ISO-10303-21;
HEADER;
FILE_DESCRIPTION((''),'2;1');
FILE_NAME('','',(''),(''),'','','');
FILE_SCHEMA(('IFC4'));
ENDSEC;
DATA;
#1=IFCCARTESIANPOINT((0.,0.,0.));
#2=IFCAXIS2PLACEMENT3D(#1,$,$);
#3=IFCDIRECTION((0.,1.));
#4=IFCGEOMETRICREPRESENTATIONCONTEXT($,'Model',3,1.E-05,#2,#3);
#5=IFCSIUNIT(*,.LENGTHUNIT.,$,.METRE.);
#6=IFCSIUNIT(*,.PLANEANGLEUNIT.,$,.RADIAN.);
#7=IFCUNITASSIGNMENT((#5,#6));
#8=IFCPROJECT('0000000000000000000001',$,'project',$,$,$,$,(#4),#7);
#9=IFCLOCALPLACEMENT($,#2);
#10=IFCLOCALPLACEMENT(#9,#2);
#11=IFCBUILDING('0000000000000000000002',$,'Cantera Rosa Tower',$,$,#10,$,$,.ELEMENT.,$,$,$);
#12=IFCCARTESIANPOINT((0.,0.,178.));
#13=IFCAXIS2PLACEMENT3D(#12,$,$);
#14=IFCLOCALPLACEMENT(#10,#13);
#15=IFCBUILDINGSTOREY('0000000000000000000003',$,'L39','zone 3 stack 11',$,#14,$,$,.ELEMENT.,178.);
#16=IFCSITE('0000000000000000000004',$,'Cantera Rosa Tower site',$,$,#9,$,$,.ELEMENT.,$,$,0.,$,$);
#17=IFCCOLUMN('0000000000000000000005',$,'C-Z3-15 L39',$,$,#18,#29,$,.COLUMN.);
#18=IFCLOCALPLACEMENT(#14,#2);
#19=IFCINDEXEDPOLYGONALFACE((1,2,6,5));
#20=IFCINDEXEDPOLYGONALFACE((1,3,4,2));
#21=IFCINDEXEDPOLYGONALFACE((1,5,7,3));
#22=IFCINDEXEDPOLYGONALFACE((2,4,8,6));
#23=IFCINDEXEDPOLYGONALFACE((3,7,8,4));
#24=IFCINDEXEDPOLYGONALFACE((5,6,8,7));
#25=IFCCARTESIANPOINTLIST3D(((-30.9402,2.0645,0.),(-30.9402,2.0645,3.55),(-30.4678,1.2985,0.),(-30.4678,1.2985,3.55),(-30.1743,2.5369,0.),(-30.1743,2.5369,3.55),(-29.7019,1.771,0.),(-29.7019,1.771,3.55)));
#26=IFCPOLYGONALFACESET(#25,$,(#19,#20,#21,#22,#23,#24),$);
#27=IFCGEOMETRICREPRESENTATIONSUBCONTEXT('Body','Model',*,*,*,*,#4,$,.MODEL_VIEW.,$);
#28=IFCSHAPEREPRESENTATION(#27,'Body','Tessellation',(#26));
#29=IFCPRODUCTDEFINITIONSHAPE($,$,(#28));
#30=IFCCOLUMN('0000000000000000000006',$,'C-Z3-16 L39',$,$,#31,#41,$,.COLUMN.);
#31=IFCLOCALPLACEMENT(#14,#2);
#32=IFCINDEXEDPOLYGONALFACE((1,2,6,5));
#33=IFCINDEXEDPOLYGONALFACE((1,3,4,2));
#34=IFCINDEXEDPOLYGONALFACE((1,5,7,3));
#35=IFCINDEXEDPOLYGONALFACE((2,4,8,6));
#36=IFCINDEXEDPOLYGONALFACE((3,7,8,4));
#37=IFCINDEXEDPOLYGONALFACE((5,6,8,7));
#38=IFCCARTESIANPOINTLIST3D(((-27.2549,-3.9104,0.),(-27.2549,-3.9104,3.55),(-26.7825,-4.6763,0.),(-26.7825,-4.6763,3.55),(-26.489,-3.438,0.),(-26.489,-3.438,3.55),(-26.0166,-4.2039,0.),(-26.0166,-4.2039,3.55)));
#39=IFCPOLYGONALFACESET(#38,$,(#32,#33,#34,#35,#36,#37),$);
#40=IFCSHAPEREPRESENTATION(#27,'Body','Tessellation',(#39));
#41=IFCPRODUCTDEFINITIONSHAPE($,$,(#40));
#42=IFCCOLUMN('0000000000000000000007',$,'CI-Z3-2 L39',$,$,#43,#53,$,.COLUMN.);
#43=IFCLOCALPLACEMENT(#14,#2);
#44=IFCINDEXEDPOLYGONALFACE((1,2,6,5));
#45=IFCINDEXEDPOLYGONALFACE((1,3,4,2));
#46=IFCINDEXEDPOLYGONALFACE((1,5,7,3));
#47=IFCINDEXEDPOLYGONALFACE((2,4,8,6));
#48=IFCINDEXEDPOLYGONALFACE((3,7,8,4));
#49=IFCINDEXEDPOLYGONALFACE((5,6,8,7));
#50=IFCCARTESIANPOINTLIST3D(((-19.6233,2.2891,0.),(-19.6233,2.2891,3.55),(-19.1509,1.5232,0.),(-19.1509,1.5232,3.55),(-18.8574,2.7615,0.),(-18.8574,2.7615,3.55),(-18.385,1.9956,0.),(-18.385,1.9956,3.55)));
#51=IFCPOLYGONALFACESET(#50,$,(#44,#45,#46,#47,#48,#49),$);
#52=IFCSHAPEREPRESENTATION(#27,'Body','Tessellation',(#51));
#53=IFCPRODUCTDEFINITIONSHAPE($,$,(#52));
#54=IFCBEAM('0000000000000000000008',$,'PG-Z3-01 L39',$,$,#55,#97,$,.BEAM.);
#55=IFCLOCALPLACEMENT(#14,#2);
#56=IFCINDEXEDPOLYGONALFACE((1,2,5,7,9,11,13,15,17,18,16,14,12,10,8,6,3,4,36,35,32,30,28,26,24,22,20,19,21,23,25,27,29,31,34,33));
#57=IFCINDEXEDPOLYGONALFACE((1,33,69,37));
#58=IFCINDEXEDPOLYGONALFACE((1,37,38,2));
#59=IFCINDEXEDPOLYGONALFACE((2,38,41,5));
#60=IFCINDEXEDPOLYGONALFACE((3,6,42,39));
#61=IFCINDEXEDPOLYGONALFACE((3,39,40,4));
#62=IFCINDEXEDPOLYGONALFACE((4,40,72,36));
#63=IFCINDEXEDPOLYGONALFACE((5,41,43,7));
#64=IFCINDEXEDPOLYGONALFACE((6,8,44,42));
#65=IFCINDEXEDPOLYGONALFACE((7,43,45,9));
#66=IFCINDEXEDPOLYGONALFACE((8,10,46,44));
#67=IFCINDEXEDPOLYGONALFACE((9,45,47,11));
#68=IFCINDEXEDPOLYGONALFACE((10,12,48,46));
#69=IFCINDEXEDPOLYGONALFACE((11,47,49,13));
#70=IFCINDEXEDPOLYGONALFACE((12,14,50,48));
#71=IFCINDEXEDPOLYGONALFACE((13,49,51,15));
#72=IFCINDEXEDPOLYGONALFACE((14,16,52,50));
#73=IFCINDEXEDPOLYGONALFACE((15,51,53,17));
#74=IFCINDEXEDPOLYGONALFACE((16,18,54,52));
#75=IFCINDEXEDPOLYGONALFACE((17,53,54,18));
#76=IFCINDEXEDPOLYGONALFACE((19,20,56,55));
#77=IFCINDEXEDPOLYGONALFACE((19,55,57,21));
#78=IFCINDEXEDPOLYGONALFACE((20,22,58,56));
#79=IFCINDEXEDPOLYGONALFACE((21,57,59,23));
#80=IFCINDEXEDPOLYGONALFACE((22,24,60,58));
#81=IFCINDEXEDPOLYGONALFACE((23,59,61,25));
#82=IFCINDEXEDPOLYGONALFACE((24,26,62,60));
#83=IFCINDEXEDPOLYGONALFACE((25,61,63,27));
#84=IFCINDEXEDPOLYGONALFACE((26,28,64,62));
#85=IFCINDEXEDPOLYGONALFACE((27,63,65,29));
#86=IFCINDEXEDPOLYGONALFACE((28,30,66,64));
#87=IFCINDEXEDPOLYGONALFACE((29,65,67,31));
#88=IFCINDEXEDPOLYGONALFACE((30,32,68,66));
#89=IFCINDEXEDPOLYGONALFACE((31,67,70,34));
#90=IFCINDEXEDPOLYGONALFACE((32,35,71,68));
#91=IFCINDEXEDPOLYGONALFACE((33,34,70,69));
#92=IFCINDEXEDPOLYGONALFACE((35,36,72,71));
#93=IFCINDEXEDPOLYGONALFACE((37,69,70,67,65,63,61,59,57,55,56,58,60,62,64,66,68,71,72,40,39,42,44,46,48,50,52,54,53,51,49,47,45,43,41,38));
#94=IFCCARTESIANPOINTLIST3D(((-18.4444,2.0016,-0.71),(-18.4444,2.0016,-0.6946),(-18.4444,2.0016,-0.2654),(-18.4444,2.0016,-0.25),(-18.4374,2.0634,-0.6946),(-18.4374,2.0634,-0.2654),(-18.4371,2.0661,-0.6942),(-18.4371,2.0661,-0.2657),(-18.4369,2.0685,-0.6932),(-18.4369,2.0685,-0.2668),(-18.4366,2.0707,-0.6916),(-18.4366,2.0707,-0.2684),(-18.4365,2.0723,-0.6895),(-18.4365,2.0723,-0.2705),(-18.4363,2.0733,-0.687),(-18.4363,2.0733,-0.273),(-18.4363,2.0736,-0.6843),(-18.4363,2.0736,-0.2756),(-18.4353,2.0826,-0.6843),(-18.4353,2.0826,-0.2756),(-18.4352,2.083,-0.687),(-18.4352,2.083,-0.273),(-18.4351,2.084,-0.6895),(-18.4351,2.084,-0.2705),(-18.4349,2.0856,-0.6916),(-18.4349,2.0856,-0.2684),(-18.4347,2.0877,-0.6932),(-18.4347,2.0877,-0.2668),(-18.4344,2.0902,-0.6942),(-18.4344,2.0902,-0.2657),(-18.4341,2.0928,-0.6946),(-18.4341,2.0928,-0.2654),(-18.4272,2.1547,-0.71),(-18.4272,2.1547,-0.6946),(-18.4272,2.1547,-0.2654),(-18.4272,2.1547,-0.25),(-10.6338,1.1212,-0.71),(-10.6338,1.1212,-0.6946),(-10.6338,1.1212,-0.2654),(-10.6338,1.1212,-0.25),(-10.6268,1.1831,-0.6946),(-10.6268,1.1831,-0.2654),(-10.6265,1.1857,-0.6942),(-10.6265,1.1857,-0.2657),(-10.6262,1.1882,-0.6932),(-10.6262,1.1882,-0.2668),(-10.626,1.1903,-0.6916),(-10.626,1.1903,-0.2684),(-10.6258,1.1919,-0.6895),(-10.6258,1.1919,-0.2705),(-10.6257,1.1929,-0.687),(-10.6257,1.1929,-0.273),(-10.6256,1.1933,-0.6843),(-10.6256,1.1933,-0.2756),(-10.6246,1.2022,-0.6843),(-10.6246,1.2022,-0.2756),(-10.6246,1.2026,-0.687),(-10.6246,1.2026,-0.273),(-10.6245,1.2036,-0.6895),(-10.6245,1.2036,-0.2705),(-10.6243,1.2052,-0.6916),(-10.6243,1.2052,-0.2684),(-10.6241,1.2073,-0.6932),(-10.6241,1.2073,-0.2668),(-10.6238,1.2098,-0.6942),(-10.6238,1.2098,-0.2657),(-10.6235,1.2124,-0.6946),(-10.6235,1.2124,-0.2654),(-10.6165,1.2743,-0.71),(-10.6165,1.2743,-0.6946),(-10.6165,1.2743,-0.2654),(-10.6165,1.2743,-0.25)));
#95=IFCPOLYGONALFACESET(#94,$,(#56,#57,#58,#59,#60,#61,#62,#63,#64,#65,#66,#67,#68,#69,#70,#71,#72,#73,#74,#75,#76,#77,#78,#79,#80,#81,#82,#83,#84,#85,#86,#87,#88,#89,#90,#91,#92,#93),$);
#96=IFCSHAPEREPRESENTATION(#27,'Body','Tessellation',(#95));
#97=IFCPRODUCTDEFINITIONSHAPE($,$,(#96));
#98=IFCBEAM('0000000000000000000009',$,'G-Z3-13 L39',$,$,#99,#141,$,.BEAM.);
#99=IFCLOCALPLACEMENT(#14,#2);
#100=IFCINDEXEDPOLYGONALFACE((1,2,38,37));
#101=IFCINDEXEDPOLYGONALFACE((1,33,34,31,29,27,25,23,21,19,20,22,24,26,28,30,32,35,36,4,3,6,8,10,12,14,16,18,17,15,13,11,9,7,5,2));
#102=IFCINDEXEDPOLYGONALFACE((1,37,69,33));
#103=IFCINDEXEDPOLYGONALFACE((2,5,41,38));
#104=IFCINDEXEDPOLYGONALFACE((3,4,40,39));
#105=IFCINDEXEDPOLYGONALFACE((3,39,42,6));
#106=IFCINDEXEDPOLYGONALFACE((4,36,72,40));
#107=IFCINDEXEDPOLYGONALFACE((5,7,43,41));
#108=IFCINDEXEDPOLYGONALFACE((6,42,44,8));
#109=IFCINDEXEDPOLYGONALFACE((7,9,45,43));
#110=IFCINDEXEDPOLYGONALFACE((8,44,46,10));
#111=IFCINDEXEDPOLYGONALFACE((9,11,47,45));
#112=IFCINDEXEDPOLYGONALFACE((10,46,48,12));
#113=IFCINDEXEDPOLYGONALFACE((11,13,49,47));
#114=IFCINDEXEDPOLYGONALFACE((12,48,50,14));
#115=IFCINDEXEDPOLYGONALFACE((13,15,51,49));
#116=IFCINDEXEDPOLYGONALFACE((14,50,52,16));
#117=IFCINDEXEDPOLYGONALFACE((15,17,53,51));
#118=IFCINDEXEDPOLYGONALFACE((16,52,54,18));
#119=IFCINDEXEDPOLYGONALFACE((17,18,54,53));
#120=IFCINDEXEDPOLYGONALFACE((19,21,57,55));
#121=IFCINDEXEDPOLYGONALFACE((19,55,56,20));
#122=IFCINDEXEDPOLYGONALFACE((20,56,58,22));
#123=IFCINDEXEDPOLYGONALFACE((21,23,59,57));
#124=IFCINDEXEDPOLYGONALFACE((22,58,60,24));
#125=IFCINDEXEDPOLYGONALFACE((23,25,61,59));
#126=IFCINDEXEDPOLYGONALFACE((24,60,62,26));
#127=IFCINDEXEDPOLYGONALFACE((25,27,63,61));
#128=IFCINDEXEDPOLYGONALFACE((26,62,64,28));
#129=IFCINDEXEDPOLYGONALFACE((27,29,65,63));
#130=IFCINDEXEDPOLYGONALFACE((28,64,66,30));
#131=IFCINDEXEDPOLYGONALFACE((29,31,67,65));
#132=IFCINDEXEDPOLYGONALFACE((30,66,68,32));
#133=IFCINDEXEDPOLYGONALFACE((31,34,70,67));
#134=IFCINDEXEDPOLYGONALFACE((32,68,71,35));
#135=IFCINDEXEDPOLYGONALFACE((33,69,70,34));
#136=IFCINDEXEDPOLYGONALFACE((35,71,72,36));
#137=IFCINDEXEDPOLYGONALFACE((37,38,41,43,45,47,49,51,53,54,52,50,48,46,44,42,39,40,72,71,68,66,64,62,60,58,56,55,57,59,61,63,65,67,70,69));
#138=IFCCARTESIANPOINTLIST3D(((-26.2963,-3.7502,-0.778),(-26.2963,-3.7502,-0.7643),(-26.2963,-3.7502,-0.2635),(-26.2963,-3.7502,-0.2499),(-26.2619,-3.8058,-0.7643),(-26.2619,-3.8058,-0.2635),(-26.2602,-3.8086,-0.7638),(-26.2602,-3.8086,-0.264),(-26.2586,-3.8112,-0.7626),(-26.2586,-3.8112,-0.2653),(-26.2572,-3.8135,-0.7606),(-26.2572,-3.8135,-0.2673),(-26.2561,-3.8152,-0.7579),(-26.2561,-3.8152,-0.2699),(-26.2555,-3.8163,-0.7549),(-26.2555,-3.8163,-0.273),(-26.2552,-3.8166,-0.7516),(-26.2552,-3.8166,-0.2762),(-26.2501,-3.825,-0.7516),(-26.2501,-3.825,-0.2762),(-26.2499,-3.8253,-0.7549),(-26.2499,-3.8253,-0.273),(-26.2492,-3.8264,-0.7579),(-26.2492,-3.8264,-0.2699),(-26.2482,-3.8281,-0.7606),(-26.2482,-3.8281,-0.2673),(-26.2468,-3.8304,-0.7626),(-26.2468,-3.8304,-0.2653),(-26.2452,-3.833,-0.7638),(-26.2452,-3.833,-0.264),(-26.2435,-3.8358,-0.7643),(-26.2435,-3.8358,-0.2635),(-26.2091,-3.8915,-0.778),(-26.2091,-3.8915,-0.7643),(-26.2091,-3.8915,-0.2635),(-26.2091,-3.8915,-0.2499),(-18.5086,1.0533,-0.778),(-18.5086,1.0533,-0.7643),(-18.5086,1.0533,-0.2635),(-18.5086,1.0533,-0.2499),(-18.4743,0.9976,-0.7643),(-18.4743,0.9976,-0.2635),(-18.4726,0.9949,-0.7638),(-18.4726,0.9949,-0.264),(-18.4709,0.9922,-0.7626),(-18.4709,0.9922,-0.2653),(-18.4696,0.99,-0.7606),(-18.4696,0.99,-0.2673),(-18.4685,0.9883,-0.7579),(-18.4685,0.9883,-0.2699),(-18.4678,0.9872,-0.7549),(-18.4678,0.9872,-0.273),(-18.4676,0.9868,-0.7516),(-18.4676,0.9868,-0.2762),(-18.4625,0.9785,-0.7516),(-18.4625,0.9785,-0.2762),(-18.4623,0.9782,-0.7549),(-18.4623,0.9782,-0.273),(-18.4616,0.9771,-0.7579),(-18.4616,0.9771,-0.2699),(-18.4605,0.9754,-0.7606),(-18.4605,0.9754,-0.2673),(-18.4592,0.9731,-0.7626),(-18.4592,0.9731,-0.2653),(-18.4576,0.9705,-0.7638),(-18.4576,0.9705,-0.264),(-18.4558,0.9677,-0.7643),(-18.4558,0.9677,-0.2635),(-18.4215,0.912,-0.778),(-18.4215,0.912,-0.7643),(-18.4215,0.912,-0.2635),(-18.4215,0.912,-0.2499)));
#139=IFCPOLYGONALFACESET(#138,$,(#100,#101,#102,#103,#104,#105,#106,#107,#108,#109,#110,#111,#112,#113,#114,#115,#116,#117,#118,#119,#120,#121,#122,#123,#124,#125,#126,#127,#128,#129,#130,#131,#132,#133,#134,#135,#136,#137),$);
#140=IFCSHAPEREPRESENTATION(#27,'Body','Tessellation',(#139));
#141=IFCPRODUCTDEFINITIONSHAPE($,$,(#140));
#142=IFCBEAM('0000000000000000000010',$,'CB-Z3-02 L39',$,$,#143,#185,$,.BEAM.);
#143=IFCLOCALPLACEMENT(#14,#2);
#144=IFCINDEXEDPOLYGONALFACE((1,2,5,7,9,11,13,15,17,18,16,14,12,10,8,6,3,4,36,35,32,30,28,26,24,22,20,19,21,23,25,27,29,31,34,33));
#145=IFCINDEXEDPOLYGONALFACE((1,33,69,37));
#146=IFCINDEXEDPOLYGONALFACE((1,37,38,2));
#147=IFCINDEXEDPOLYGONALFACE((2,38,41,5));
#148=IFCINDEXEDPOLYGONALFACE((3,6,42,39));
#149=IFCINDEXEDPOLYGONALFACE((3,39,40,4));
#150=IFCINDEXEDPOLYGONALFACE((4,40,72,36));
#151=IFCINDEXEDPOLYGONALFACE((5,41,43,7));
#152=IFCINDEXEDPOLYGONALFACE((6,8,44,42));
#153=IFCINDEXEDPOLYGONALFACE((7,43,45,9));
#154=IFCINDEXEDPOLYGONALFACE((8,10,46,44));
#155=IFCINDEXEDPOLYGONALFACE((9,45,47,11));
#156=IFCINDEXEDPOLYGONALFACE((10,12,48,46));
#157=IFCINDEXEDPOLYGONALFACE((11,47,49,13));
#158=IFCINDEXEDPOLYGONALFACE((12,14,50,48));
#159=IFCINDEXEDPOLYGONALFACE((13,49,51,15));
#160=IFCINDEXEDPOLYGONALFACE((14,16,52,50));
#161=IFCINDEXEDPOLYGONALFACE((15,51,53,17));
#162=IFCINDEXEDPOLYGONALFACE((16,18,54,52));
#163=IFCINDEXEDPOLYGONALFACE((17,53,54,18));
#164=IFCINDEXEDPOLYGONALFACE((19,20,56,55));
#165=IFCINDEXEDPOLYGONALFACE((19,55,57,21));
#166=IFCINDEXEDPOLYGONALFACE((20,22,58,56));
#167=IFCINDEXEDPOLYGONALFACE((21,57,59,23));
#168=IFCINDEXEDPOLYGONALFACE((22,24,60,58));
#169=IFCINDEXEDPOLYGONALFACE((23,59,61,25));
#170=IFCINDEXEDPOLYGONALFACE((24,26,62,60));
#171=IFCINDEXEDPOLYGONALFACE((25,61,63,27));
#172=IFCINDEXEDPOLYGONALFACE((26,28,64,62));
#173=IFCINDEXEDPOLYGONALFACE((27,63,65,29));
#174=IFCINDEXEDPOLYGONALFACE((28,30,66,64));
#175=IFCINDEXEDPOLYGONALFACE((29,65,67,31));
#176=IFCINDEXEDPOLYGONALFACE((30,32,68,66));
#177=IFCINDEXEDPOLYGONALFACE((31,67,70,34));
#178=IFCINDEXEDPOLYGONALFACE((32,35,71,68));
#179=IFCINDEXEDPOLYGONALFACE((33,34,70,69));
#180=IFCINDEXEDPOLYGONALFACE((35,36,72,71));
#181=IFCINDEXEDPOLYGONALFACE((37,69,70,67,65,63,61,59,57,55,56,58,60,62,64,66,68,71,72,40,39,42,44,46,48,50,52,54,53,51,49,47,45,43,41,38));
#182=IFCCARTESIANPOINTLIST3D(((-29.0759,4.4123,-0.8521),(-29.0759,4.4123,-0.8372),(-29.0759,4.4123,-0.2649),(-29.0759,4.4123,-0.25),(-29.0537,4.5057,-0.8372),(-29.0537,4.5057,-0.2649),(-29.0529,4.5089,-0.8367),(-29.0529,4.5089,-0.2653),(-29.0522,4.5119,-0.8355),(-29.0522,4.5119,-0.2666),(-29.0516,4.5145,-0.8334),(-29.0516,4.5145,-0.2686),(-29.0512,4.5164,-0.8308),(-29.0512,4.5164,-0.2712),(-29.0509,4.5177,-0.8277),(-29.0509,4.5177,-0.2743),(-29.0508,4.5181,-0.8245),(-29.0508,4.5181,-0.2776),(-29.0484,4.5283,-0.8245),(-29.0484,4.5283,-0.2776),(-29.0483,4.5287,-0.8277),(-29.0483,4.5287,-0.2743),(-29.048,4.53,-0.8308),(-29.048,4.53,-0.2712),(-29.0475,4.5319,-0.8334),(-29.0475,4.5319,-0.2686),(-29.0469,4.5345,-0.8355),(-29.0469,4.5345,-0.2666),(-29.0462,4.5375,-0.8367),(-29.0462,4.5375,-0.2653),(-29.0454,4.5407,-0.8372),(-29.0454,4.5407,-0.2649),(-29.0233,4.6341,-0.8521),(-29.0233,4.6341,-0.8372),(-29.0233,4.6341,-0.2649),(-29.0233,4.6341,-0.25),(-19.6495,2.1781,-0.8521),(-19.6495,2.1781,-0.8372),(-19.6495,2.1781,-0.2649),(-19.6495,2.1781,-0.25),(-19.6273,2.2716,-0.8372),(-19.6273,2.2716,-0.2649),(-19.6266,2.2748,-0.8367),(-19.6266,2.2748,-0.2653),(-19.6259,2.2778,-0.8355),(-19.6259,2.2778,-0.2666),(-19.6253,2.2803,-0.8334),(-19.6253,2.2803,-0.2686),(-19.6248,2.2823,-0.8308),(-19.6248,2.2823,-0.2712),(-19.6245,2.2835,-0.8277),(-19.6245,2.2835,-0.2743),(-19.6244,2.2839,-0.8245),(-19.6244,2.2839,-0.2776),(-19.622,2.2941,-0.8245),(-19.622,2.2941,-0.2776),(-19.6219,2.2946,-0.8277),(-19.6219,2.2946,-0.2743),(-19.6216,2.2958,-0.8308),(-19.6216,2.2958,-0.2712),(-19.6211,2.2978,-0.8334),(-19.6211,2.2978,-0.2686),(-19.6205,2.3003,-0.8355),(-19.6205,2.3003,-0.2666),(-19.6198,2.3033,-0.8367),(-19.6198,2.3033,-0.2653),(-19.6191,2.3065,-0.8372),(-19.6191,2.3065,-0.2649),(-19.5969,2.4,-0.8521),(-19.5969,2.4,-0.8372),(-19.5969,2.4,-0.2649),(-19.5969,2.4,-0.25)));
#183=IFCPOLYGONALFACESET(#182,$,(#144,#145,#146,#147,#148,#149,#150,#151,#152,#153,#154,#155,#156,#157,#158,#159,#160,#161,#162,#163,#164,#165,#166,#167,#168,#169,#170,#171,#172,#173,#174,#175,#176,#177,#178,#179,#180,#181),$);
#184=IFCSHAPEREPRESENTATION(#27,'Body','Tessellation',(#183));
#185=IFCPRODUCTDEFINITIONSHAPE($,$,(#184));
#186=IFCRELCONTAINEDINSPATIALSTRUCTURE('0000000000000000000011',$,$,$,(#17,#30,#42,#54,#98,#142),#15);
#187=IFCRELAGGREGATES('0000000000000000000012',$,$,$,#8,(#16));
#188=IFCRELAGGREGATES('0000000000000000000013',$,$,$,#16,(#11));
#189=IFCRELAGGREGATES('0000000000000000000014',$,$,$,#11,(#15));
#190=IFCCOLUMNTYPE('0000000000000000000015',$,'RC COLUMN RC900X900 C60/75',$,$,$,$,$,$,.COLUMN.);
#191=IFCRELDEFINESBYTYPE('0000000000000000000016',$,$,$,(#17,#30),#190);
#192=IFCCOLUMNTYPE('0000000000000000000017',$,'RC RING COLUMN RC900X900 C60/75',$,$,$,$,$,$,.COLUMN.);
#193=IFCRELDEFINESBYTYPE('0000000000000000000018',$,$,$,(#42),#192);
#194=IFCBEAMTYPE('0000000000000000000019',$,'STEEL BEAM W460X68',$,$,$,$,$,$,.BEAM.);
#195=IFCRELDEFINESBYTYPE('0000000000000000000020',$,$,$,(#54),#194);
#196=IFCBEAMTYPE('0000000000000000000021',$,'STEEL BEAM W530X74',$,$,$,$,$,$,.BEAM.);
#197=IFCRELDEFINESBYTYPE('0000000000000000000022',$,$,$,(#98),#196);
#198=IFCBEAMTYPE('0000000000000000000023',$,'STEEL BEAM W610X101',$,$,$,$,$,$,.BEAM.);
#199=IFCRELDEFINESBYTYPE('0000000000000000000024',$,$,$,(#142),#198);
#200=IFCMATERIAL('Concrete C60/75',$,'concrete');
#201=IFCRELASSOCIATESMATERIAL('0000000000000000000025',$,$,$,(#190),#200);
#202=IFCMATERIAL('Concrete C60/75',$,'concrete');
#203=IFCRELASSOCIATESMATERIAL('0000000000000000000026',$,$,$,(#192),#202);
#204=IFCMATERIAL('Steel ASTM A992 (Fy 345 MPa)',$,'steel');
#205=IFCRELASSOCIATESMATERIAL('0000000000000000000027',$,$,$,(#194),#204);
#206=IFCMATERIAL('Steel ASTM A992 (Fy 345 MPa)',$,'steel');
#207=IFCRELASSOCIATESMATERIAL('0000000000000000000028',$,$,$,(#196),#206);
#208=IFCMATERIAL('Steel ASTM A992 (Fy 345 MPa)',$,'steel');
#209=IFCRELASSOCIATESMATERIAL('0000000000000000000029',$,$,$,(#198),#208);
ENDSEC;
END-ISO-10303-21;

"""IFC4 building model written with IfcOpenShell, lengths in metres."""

from ifc_helpers import new_model, si_unit, direction, frame, origin, origin_2d, place, context, subcontext, project, spatial, rectangle, i_section, extrude, material, material_profile, profile_set, type_object, element, save


model = new_model("IFC4")

# Units and contexts
model_context = context("Model", 3, precision=1e-05, world=origin(), true_north=direction((0.0, 1.0)))
body_context = subcontext(model_context, "Body", "Model", "MODEL_VIEW")
ifc_project = project(units=[si_unit("LENGTHUNIT", "METRE"), si_unit("PLANEANGLEUNIT", "RADIAN")], contexts=[model_context])

# Site, building, storey
site_placement = place(None, origin())
site = spatial("IfcSite", under=ifc_project, at=site_placement, Name="Cantera Rosa Tower site", CompositionType="ELEMENT", RefElevation=0.0)
building_placement = place(site_placement, origin())
building = spatial("IfcBuilding", under=site, at=building_placement, Name="Cantera Rosa Tower", CompositionType="ELEMENT")
storey_placement = place(building_placement, frame((0.0, 0.0, 178.0)))
storey = spatial("IfcBuildingStorey", under=building, at=storey_placement, Name="L39", Description="zone 3 stack 11", CompositionType="ELEMENT", Elevation=178.0)

# Columns
ifc_material_1 = material(Name="Concrete C60/75", Category="concrete")
ifc_material_profile_1 = material_profile(ifc_material_1, rectangle(XDim=0.8999, YDim=0.8999, at=origin_2d()), Name="RC COLUMN RC900X900 C60/75")
ifc_profile_set_1 = profile_set([ifc_material_profile_1], Name="Concrete C60/75")
column_type_1 = type_object("IfcColumnType", Name="RC COLUMN RC900X900 C60/75", PredefinedType="COLUMN", material=ifc_profile_set_1)
for number, where, z_axis, x_axis, name in (
    (1, (-30.321, 1.9177, 0.0), (0.0, 0.0, 1.0), (0.851117, 0.524977, 0.0), "C-Z3-15 L39"),
    (2, (-26.6357, -4.0571, 0.0), (0.0, 0.0, 1.0), (0.851117, 0.524977, 0.0), "C-Z3-16 L39"),
):
    element("IfcColumn", number, at=place(storey_placement, frame(where, z_axis=z_axis, x_axis=x_axis)), inside=storey, type_object=column_type_1, Name=name, PredefinedType="COLUMN", context=body_context, shape_type="SweptSolid", body=[
        extrude(rectangle(XDim=0.8999, YDim=0.8999, at=origin_2d()), origin(), (0.0, 0.0, 1.0), 3.55),
    ])
ifc_material_2 = material(Name="Concrete C60/75", Category="concrete")
ifc_material_profile_2 = material_profile(ifc_material_2, rectangle(XDim=0.8999, YDim=0.8999, at=origin_2d()), Name="RC RING COLUMN RC900X900 C60/75")
ifc_profile_set_2 = profile_set([ifc_material_profile_2], Name="Concrete C60/75")
column_type_2 = type_object("IfcColumnType", Name="RC RING COLUMN RC900X900 C60/75", PredefinedType="COLUMN", material=ifc_profile_set_2)
column_placement = place(storey_placement, frame((-19.0042, 2.1423, 0.0), z_axis=(0.0, 0.0, 1.0), x_axis=(0.851117, 0.524977, 0.0)))
element("IfcColumn", 3, at=column_placement, inside=storey, type_object=column_type_2, Name="CI-Z3-2 L39", PredefinedType="COLUMN", context=body_context, shape_type="SweptSolid", body=[
    extrude(rectangle(XDim=0.8999, YDim=0.8999, at=origin_2d()), origin(), (0.0, 0.0, 1.0), 3.55),
])

# Beams
ifc_material_3 = material(Name="Steel ASTM A992 (Fy 345 MPa)", Category="steel")
ifc_material_profile_3 = material_profile(ifc_material_3, i_section(OverallWidth=0.1541, OverallDepth=0.46, WebThickness=0.009, FlangeThickness=0.0154, FilletRadius=0.0103, at=origin_2d()), Name="W460X68")
ifc_profile_set_3 = profile_set([ifc_material_profile_3], Name="Steel ASTM A992 (Fy 345 MPa)")
beam_type_1 = type_object("IfcBeamType", Name="STEEL BEAM W460X68", PredefinedType="BEAM", material=ifc_profile_set_3)
beam_1_placement = place(storey_placement, frame((-18.4358, 2.0781, -0.48), z_axis=(0.993707, -0.112006, 0.0), x_axis=(0.112006, 0.993707, 0.0)))
element("IfcBeam", 4, at=beam_1_placement, inside=storey, type_object=beam_type_1, Name="PG-Z3-01 L39", PredefinedType="BEAM", context=body_context, shape_type="SweptSolid", body=[
    extrude(i_section(OverallWidth=0.1541, OverallDepth=0.46, WebThickness=0.009, FlangeThickness=0.0154, FilletRadius=0.0103, at=origin_2d()), origin(), (0.0, 0.0, 1.0), 7.8601),
])
ifc_material_4 = material(Name="Steel ASTM A992 (Fy 345 MPa)", Category="steel")
ifc_material_profile_4 = material_profile(ifc_material_4, i_section(OverallWidth=0.166, OverallDepth=0.5281, WebThickness=0.0098, FlangeThickness=0.0137, FilletRadius=0.0127, at=origin_2d()), Name="W530X74")
ifc_profile_set_4 = profile_set([ifc_material_profile_4], Name="Steel ASTM A992 (Fy 345 MPa)")
beam_type_2 = type_object("IfcBeamType", Name="STEEL BEAM W530X74", PredefinedType="BEAM", material=ifc_profile_set_4)
beam_2_placement = place(storey_placement, frame((-26.2527, -3.8208, -0.5139), z_axis=(0.851116, 0.524977, 0.0), x_axis=(-0.524977, 0.851116, 0.0)))
element("IfcBeam", 5, at=beam_2_placement, inside=storey, type_object=beam_type_2, Name="G-Z3-13 L39", PredefinedType="BEAM", context=body_context, shape_type="SweptSolid", body=[
    extrude(i_section(OverallWidth=0.166, OverallDepth=0.5281, WebThickness=0.0098, FlangeThickness=0.0137, FilletRadius=0.0127, at=origin_2d()), origin(), (0.0, 0.0, 1.0), 9.1499),
])
ifc_material_5 = material(Name="Steel ASTM A992 (Fy 345 MPa)", Category="steel")
ifc_material_profile_5 = material_profile(ifc_material_5, i_section(OverallWidth=0.228, OverallDepth=0.6021, WebThickness=0.0105, FlangeThickness=0.0149, FilletRadius=0.0127, at=origin_2d()), Name="W610X101")
ifc_profile_set_5 = profile_set([ifc_material_profile_5], Name="Steel ASTM A992 (Fy 345 MPa)")
beam_type_3 = type_object("IfcBeamType", Name="STEEL BEAM W610X101", PredefinedType="BEAM", material=ifc_profile_set_5)
beam_3_placement = place(storey_placement, frame((-29.0496, 4.5232, -0.551), z_axis=(0.973043, -0.230622, 0.0), x_axis=(0.230622, 0.973043, 0.0)))
element("IfcBeam", 6, at=beam_3_placement, inside=storey, type_object=beam_type_3, Name="CB-Z3-02 L39", PredefinedType="BEAM", context=body_context, shape_type="SweptSolid", body=[
    extrude(i_section(OverallWidth=0.228, OverallDepth=0.6021, WebThickness=0.0105, FlangeThickness=0.0149, FilletRadius=0.0127, at=origin_2d()), origin(), (0.0, 0.0, 1.0), 9.6875),
])

save(model, "model.ifc")
